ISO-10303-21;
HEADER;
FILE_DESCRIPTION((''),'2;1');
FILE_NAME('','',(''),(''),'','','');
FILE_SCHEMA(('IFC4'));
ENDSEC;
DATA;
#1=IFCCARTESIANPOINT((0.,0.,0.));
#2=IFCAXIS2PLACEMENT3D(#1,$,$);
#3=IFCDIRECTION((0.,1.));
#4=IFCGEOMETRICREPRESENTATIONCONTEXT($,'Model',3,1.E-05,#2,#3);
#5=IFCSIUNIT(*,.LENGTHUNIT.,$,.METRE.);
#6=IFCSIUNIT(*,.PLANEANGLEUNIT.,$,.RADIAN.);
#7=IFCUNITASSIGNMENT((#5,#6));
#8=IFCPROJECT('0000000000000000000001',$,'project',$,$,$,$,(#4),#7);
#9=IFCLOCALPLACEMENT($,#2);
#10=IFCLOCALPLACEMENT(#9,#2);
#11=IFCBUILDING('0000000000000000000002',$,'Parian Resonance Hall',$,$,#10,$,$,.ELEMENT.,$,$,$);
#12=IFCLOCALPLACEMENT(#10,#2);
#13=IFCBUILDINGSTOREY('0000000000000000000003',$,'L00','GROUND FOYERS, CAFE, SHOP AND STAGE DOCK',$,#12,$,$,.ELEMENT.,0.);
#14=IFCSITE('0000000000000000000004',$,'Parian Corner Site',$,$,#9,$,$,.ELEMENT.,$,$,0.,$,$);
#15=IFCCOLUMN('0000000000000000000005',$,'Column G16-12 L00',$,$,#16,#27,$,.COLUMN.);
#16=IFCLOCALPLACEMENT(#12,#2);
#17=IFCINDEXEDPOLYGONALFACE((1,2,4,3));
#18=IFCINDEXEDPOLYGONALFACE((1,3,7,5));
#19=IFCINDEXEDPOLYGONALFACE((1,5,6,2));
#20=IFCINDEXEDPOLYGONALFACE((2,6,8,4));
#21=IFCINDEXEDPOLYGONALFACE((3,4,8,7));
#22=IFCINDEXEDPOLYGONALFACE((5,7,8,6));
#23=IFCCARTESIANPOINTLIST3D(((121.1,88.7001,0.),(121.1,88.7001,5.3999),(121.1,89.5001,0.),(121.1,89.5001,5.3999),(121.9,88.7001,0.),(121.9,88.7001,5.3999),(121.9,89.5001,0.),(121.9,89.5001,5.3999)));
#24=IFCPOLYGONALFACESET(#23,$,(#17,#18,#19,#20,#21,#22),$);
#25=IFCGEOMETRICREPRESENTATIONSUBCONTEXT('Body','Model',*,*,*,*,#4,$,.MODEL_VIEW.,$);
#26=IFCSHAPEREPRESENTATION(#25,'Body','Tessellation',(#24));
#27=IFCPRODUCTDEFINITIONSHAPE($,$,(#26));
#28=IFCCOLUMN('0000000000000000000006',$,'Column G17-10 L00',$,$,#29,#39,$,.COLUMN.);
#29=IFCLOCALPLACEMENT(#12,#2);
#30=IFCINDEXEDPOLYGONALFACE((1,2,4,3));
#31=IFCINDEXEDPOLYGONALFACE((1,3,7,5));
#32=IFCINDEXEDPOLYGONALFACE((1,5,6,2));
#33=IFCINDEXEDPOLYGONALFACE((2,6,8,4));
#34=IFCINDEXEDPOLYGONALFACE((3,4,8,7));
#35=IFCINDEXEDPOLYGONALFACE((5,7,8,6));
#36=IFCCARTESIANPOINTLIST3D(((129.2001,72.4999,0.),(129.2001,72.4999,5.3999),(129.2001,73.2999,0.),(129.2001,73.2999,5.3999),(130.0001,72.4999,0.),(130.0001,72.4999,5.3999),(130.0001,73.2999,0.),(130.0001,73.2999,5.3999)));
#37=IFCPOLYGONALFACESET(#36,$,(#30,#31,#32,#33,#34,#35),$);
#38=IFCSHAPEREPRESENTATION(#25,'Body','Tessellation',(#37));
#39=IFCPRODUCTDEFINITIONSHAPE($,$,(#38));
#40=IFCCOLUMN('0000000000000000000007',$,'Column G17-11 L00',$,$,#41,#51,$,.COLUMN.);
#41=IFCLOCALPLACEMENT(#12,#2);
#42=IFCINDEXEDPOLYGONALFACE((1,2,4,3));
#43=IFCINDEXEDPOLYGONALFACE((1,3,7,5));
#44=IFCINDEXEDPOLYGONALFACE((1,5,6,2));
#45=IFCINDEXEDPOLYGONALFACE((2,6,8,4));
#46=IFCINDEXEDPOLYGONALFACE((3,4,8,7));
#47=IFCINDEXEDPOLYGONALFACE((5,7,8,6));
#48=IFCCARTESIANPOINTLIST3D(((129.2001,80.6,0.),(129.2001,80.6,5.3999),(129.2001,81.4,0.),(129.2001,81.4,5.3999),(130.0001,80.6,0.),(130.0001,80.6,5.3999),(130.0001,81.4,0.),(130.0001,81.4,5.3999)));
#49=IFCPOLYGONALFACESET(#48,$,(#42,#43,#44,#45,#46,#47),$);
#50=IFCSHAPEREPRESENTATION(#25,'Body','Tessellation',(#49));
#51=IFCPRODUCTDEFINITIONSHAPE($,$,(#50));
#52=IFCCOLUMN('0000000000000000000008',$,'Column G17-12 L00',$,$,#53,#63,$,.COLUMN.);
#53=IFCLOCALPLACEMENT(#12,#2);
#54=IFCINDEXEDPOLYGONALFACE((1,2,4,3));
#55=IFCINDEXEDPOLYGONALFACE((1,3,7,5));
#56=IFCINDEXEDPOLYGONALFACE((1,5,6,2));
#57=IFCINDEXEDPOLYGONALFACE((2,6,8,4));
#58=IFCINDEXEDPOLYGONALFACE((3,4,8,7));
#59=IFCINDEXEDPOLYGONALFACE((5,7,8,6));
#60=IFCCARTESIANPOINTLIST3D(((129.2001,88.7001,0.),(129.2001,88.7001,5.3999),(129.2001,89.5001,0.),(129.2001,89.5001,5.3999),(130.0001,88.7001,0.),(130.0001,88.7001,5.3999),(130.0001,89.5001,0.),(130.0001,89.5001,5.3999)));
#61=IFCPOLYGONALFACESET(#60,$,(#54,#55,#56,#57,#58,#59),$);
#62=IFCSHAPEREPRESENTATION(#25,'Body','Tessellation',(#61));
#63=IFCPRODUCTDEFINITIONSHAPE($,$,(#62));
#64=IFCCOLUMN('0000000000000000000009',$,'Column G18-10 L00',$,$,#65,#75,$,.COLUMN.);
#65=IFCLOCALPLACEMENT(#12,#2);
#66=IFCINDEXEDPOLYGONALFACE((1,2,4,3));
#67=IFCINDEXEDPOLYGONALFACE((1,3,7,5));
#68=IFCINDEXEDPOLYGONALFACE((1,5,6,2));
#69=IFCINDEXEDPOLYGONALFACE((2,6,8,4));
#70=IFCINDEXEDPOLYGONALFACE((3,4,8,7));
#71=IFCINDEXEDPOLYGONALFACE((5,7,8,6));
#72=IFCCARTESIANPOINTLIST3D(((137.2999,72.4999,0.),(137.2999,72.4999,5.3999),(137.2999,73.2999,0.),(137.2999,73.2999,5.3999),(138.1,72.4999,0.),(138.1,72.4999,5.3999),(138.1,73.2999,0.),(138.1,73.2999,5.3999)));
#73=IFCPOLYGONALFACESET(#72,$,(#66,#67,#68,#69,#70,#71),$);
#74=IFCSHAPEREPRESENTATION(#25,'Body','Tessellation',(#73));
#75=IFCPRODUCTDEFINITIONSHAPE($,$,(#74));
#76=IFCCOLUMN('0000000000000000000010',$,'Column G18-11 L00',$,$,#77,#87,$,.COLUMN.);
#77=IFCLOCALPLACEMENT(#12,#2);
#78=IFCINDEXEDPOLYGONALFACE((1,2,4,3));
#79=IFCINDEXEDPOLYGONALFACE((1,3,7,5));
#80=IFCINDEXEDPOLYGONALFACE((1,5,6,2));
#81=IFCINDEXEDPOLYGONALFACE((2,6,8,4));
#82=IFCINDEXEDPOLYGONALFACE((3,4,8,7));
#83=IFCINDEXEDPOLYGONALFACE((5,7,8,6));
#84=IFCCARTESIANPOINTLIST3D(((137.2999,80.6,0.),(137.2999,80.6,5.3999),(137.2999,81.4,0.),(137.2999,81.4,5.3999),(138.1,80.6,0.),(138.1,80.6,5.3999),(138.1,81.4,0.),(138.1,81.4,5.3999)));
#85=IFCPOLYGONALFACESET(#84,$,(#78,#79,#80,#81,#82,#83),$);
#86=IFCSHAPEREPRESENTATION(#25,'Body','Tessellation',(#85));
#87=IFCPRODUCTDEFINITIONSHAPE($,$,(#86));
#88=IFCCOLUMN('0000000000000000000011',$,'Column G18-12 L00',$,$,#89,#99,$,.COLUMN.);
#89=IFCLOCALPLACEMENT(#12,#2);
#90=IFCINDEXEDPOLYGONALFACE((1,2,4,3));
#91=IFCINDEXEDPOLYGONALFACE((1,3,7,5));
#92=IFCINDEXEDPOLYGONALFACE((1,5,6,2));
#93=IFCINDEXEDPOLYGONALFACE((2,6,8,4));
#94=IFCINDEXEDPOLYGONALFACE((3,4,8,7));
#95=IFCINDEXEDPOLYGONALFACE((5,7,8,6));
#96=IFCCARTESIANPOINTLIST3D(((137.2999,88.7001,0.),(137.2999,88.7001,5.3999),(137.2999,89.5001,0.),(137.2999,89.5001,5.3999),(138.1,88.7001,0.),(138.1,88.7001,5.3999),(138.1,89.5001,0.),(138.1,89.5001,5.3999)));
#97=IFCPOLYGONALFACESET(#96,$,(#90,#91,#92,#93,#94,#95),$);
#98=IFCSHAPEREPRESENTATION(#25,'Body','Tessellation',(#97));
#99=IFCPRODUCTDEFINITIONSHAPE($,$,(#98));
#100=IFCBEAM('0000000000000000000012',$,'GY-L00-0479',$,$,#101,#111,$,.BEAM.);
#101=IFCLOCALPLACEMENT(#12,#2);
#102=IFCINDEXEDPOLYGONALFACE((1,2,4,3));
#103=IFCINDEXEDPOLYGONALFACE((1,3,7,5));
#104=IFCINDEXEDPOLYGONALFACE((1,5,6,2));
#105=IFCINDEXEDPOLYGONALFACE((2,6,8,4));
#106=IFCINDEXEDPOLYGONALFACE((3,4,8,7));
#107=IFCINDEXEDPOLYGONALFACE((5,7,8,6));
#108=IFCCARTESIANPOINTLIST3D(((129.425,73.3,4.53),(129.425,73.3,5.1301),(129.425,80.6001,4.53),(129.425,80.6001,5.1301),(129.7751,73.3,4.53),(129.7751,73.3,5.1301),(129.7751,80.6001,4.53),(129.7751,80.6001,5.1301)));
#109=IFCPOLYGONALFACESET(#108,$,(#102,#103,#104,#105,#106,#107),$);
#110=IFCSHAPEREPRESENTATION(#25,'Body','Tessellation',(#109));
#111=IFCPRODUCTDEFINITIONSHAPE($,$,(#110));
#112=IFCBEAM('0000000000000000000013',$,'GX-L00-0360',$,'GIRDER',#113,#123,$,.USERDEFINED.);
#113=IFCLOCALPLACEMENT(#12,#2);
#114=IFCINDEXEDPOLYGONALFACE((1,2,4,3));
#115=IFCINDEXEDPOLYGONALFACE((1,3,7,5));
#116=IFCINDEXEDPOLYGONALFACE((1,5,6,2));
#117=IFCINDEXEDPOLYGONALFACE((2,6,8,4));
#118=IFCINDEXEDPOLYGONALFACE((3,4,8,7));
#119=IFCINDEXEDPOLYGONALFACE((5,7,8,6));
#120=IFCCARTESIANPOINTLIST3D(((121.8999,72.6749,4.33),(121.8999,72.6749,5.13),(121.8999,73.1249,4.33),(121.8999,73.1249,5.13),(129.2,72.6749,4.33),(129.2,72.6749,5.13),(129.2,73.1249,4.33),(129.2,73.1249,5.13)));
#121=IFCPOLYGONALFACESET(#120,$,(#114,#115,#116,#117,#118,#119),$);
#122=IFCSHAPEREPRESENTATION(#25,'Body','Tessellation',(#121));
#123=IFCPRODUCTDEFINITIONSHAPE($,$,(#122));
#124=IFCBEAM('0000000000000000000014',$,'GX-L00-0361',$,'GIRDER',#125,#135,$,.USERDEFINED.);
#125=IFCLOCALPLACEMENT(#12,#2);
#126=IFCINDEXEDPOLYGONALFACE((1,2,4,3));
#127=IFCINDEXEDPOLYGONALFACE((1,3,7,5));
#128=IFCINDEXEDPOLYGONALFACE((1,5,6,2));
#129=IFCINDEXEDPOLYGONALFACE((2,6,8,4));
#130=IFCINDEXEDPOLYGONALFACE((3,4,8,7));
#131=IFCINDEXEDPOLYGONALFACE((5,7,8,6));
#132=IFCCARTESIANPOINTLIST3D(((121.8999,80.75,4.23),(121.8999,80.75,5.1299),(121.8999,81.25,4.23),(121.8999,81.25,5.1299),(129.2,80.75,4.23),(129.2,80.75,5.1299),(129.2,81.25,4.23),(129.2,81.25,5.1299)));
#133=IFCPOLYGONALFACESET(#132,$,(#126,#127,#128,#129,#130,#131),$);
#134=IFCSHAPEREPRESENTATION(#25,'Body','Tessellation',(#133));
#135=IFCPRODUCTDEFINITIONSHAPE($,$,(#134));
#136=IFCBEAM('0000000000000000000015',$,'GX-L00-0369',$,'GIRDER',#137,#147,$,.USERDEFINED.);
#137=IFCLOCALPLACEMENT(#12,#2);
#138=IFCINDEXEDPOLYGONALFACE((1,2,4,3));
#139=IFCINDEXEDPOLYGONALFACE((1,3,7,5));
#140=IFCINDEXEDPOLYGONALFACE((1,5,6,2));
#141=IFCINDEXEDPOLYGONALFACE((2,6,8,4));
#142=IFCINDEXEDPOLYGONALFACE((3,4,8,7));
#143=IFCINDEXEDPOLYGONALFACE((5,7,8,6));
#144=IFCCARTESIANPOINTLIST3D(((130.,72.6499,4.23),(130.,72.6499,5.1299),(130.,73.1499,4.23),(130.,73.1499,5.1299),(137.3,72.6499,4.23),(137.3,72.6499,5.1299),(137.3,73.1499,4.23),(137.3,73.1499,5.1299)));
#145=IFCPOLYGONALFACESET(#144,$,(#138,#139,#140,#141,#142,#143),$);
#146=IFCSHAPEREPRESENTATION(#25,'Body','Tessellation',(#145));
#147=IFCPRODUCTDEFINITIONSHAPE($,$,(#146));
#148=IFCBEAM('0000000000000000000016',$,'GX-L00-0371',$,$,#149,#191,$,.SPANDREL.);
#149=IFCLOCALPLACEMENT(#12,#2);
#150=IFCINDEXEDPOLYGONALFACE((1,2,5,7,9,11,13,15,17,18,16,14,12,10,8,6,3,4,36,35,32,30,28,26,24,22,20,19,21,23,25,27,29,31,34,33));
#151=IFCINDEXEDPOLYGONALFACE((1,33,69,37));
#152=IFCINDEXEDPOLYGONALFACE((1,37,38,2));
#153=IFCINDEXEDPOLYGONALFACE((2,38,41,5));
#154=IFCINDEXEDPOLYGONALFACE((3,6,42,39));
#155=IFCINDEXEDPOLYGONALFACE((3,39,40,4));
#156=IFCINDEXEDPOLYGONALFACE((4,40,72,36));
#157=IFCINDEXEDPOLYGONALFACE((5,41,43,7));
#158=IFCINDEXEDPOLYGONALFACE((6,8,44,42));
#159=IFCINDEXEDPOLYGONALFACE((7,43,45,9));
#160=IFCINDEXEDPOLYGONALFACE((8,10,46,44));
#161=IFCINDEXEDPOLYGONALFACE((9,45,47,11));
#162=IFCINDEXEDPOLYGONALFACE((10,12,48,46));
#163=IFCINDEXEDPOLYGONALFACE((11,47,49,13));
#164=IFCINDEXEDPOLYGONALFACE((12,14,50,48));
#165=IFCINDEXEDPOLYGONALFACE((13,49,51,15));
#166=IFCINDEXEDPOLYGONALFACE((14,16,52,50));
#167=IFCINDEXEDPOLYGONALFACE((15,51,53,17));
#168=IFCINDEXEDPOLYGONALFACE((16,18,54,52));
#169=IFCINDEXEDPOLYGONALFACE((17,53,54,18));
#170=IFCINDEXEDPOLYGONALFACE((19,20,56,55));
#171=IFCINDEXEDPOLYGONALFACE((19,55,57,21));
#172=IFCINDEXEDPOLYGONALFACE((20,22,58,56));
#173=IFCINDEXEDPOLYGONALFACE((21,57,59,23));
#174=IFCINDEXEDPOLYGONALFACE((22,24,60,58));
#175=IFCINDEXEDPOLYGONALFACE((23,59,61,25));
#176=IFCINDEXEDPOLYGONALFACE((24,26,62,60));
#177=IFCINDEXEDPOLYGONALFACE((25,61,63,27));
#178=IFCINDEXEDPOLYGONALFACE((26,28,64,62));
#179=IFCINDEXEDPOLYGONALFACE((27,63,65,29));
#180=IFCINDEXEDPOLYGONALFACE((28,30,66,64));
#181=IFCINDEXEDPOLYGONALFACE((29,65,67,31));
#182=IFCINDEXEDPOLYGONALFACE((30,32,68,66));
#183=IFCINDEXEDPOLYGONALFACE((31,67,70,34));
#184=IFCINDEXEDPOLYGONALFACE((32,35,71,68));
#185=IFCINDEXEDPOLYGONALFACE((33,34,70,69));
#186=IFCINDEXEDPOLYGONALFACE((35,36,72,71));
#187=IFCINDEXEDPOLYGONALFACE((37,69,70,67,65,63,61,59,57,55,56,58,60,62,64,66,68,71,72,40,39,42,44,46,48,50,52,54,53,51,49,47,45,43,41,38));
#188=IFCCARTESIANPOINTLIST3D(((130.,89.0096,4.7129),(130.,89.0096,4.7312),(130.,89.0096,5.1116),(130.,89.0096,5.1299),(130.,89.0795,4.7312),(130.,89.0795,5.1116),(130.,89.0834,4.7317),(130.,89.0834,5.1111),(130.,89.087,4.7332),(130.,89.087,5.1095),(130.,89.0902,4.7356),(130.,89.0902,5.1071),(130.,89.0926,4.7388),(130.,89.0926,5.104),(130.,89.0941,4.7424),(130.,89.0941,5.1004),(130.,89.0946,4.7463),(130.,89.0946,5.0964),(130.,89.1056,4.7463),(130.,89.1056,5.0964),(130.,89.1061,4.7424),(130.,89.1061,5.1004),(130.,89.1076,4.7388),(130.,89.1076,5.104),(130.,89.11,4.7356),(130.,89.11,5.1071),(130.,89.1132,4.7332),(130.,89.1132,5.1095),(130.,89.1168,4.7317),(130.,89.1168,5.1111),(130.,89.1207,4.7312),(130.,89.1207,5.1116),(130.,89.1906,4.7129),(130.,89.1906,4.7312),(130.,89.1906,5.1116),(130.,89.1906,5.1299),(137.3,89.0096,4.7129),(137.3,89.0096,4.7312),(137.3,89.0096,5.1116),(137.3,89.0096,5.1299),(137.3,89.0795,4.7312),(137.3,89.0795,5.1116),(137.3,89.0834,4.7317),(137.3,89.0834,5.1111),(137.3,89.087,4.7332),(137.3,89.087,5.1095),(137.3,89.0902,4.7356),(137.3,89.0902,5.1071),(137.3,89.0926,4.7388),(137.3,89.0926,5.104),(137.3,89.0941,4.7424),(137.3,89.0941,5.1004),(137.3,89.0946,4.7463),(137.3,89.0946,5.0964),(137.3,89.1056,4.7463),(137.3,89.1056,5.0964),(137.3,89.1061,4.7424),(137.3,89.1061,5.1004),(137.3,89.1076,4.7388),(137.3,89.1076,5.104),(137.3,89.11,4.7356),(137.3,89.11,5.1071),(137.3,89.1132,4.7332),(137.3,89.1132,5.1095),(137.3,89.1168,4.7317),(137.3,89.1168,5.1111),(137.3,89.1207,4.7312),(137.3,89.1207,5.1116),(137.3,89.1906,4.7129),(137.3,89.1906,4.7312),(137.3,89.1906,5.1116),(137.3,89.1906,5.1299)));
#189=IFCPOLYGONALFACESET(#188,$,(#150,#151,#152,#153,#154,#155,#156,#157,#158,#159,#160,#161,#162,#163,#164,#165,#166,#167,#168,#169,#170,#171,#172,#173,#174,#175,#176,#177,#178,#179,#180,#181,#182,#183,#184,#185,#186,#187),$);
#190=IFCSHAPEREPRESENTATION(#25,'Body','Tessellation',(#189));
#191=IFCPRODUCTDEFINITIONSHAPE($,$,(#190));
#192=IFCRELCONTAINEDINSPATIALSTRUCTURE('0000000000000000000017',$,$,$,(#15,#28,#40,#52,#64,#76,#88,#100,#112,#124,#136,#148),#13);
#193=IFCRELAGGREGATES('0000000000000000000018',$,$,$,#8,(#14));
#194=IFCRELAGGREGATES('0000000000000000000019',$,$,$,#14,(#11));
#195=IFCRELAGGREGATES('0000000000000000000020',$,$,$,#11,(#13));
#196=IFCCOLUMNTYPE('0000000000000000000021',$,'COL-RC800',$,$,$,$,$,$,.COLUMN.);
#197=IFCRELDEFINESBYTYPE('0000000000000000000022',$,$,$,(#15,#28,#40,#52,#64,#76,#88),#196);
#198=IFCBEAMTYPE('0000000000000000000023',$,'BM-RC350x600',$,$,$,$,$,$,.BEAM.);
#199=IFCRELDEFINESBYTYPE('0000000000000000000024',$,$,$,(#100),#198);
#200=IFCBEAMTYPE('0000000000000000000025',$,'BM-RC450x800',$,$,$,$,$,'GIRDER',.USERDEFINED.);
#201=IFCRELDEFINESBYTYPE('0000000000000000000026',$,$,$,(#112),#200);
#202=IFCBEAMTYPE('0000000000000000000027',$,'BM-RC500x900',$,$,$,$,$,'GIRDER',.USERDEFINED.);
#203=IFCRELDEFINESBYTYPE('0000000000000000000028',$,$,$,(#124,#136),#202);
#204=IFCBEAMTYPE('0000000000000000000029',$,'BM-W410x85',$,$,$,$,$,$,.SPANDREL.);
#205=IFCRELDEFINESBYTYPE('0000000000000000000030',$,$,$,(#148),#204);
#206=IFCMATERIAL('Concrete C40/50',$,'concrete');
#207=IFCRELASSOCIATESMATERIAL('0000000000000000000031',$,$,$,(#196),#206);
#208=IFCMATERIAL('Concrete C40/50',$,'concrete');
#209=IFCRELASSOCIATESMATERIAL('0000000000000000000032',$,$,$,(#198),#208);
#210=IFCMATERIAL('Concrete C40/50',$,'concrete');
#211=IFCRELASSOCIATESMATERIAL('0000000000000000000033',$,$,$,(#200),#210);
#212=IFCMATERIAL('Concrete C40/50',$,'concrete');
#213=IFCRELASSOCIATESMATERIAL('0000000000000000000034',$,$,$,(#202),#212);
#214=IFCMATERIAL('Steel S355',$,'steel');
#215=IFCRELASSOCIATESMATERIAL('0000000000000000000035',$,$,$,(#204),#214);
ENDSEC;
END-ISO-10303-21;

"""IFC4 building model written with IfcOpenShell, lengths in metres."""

from ifc_helpers import new_model, si_unit, direction, frame, origin, origin_2d, place, context, subcontext, project, spatial, rectangle, i_section, extrude, material, material_profile, profile_set, type_object, element, save


model = new_model("IFC4")

# Units and contexts
model_context = context("Model", 3, precision=1e-05, world=origin(), true_north=direction((0.0, 1.0)))
body_context = subcontext(model_context, "Body", "Model", "MODEL_VIEW")
ifc_project = project(units=[si_unit("LENGTHUNIT", "METRE"), si_unit("PLANEANGLEUNIT", "RADIAN")], contexts=[model_context])

# Site, building, storey
site_placement = place(None, origin())
site = spatial("IfcSite", under=ifc_project, at=site_placement, Name="Parian Corner Site", CompositionType="ELEMENT", RefElevation=0.0)
building_placement = place(site_placement, origin())
building = spatial("IfcBuilding", under=site, at=building_placement, Name="Parian Resonance Hall", CompositionType="ELEMENT")
storey_placement = place(building_placement, origin())
storey = spatial("IfcBuildingStorey", under=building, at=storey_placement, Name="L00", Description="GROUND FOYERS, CAFE, SHOP AND STAGE DOCK", CompositionType="ELEMENT", Elevation=0.0)

# Columns
ifc_material_1 = material(Name="Concrete C40/50", Category="concrete")
ifc_material_profile_1 = material_profile(ifc_material_1, rectangle(XDim=0.8, YDim=0.8, at=origin_2d()), Name="RC-COL-800x800")
ifc_profile_set_1 = profile_set([ifc_material_profile_1], Name="Concrete C40/50")
column_type = type_object("IfcColumnType", Name="COL-RC800", PredefinedType="COLUMN", material=ifc_profile_set_1)
for number, where, z_axis, x_axis, name in (
    (1, (121.5, 89.1001, 0.0), (0.0, 0.0, 1.0), (1.0, 0.0, 0.0), "Column G16-12 L00"),
    (2, (129.6001, 72.8999, 0.0), (0.0, 0.0, 1.0), (1.0, 0.0, 0.0), "Column G17-10 L00"),
    (3, (129.6001, 81.0, 0.0), (0.0, 0.0, 1.0), (1.0, 0.0, 0.0), "Column G17-11 L00"),
    (4, (129.6001, 89.1001, 0.0), (0.0, 0.0, 1.0), (1.0, 0.0, 0.0), "Column G17-12 L00"),
    (5, (137.7, 72.8999, 0.0), (0.0, 0.0, 1.0), (1.0, 0.0, 0.0), "Column G18-10 L00"),
    (6, (137.7, 81.0, 0.0), (0.0, 0.0, 1.0), (1.0, 0.0, 0.0), "Column G18-11 L00"),
    (7, (137.7, 89.1001, 0.0), (0.0, 0.0, 1.0), (1.0, 0.0, 0.0), "Column G18-12 L00"),
):
    element("IfcColumn", number, at=place(storey_placement, frame(where, z_axis=z_axis, x_axis=x_axis)), inside=storey, type_object=column_type, Name=name, PredefinedType="COLUMN", context=body_context, shape_type="SweptSolid", body=[
        extrude(rectangle(XDim=0.8, YDim=0.8, at=origin_2d()), origin(), (0.0, 0.0, 1.0), 5.3999),
    ])

# Beams
ifc_material_2 = material(Name="Concrete C40/50", Category="concrete")
ifc_material_profile_2 = material_profile(ifc_material_2, rectangle(XDim=0.3501, YDim=0.6001, at=origin_2d()), Name="RC-BM-350x600")
ifc_profile_set_2 = profile_set([ifc_material_profile_2], Name="Concrete C40/50")
beam_type_1 = type_object("IfcBeamType", Name="BM-RC350x600", PredefinedType="BEAM", material=ifc_profile_set_2)
beam_1_placement = place(storey_placement, frame((129.6001, 73.3, 4.8301), z_axis=(0.0, 1.0, 0.0), x_axis=(-1.0, 0.0, 0.0)))
element("IfcBeam", 8, at=beam_1_placement, inside=storey, type_object=beam_type_1, Name="GY-L00-0479", PredefinedType="BEAM", context=body_context, shape_type="SweptSolid", body=[
    extrude(rectangle(XDim=0.3501, YDim=0.6001, at=origin_2d()), origin(), (0.0, 0.0, 1.0), 7.3),
])
ifc_material_3 = material(Name="Concrete C40/50", Category="concrete")
ifc_material_profile_3 = material_profile(ifc_material_3, rectangle(XDim=0.45, YDim=0.8, at=origin_2d()), Name="RC-BM-450x800")
ifc_profile_set_3 = profile_set([ifc_material_profile_3], Name="Concrete C40/50")
beam_type_2 = type_object("IfcBeamType", Name="BM-RC450x800", ElementType="GIRDER", PredefinedType="USERDEFINED", material=ifc_profile_set_3)
beam_2_placement = place(storey_placement, frame((121.8999, 72.8999, 4.73), z_axis=(1.0, 0.0, 0.0), x_axis=(0.0, 1.0, 0.0)))
element("IfcBeam", 9, at=beam_2_placement, inside=storey, type_object=beam_type_2, Name="GX-L00-0360", ObjectType="GIRDER", PredefinedType="USERDEFINED", context=body_context, shape_type="SweptSolid", body=[
    extrude(rectangle(XDim=0.45, YDim=0.8, at=origin_2d()), origin(), (0.0, 0.0, 1.0), 7.3),
])
ifc_material_4 = material(Name="Concrete C40/50", Category="concrete")
ifc_material_profile_4 = material_profile(ifc_material_4, rectangle(XDim=0.5, YDim=0.8999, at=origin_2d()), Name="RC-BM-500x900")
ifc_profile_set_4 = profile_set([ifc_material_profile_4], Name="Concrete C40/50")
beam_type_3 = type_object("IfcBeamType", Name="BM-RC500x900", ElementType="GIRDER", PredefinedType="USERDEFINED", material=ifc_profile_set_4)
for number, where, z_axis, x_axis, name in (
    (10, (121.8999, 81.0, 4.6799), (1.0, 0.0, 0.0), (0.0, 1.0, 0.0), "GX-L00-0361"),
    (11, (130.0, 72.8999, 4.6799), (1.0, 0.0, 0.0), (0.0, 1.0, 0.0), "GX-L00-0369"),
):
    element("IfcBeam", number, at=place(storey_placement, frame(where, z_axis=z_axis, x_axis=x_axis)), inside=storey, type_object=beam_type_3, Name=name, ObjectType="GIRDER", PredefinedType="USERDEFINED", context=body_context, shape_type="SweptSolid", body=[
        extrude(rectangle(XDim=0.5, YDim=0.8999, at=origin_2d()), origin(), (0.0, 0.0, 1.0), 7.3),
    ])
ifc_material_5 = material(Name="Steel S355", Category="steel")
ifc_material_profile_5 = material_profile(ifc_material_5, i_section(OverallWidth=0.1809, OverallDepth=0.417, WebThickness=0.011, FlangeThickness=0.0183, FilletRadius=0.0151, at=origin_2d()), Name="W410x85")
ifc_profile_set_5 = profile_set([ifc_material_profile_5], Name="Steel S355")
beam_type_4 = type_object("IfcBeamType", Name="BM-W410x85", PredefinedType="SPANDREL", material=ifc_profile_set_5)
beam_3_placement = place(storey_placement, frame((130.0, 89.1001, 4.9214), z_axis=(1.0, 0.0, 0.0), x_axis=(0.0, 1.0, 0.0)))
element("IfcBeam", 12, at=beam_3_placement, inside=storey, type_object=beam_type_4, Name="GX-L00-0371", PredefinedType="SPANDREL", context=body_context, shape_type="SweptSolid", body=[
    extrude(i_section(OverallWidth=0.1809, OverallDepth=0.417, WebThickness=0.011, FlangeThickness=0.0183, FilletRadius=0.0151, at=origin_2d()), origin(), (0.0, 0.0, 1.0), 7.3),
])

save(model, "model.ifc")
